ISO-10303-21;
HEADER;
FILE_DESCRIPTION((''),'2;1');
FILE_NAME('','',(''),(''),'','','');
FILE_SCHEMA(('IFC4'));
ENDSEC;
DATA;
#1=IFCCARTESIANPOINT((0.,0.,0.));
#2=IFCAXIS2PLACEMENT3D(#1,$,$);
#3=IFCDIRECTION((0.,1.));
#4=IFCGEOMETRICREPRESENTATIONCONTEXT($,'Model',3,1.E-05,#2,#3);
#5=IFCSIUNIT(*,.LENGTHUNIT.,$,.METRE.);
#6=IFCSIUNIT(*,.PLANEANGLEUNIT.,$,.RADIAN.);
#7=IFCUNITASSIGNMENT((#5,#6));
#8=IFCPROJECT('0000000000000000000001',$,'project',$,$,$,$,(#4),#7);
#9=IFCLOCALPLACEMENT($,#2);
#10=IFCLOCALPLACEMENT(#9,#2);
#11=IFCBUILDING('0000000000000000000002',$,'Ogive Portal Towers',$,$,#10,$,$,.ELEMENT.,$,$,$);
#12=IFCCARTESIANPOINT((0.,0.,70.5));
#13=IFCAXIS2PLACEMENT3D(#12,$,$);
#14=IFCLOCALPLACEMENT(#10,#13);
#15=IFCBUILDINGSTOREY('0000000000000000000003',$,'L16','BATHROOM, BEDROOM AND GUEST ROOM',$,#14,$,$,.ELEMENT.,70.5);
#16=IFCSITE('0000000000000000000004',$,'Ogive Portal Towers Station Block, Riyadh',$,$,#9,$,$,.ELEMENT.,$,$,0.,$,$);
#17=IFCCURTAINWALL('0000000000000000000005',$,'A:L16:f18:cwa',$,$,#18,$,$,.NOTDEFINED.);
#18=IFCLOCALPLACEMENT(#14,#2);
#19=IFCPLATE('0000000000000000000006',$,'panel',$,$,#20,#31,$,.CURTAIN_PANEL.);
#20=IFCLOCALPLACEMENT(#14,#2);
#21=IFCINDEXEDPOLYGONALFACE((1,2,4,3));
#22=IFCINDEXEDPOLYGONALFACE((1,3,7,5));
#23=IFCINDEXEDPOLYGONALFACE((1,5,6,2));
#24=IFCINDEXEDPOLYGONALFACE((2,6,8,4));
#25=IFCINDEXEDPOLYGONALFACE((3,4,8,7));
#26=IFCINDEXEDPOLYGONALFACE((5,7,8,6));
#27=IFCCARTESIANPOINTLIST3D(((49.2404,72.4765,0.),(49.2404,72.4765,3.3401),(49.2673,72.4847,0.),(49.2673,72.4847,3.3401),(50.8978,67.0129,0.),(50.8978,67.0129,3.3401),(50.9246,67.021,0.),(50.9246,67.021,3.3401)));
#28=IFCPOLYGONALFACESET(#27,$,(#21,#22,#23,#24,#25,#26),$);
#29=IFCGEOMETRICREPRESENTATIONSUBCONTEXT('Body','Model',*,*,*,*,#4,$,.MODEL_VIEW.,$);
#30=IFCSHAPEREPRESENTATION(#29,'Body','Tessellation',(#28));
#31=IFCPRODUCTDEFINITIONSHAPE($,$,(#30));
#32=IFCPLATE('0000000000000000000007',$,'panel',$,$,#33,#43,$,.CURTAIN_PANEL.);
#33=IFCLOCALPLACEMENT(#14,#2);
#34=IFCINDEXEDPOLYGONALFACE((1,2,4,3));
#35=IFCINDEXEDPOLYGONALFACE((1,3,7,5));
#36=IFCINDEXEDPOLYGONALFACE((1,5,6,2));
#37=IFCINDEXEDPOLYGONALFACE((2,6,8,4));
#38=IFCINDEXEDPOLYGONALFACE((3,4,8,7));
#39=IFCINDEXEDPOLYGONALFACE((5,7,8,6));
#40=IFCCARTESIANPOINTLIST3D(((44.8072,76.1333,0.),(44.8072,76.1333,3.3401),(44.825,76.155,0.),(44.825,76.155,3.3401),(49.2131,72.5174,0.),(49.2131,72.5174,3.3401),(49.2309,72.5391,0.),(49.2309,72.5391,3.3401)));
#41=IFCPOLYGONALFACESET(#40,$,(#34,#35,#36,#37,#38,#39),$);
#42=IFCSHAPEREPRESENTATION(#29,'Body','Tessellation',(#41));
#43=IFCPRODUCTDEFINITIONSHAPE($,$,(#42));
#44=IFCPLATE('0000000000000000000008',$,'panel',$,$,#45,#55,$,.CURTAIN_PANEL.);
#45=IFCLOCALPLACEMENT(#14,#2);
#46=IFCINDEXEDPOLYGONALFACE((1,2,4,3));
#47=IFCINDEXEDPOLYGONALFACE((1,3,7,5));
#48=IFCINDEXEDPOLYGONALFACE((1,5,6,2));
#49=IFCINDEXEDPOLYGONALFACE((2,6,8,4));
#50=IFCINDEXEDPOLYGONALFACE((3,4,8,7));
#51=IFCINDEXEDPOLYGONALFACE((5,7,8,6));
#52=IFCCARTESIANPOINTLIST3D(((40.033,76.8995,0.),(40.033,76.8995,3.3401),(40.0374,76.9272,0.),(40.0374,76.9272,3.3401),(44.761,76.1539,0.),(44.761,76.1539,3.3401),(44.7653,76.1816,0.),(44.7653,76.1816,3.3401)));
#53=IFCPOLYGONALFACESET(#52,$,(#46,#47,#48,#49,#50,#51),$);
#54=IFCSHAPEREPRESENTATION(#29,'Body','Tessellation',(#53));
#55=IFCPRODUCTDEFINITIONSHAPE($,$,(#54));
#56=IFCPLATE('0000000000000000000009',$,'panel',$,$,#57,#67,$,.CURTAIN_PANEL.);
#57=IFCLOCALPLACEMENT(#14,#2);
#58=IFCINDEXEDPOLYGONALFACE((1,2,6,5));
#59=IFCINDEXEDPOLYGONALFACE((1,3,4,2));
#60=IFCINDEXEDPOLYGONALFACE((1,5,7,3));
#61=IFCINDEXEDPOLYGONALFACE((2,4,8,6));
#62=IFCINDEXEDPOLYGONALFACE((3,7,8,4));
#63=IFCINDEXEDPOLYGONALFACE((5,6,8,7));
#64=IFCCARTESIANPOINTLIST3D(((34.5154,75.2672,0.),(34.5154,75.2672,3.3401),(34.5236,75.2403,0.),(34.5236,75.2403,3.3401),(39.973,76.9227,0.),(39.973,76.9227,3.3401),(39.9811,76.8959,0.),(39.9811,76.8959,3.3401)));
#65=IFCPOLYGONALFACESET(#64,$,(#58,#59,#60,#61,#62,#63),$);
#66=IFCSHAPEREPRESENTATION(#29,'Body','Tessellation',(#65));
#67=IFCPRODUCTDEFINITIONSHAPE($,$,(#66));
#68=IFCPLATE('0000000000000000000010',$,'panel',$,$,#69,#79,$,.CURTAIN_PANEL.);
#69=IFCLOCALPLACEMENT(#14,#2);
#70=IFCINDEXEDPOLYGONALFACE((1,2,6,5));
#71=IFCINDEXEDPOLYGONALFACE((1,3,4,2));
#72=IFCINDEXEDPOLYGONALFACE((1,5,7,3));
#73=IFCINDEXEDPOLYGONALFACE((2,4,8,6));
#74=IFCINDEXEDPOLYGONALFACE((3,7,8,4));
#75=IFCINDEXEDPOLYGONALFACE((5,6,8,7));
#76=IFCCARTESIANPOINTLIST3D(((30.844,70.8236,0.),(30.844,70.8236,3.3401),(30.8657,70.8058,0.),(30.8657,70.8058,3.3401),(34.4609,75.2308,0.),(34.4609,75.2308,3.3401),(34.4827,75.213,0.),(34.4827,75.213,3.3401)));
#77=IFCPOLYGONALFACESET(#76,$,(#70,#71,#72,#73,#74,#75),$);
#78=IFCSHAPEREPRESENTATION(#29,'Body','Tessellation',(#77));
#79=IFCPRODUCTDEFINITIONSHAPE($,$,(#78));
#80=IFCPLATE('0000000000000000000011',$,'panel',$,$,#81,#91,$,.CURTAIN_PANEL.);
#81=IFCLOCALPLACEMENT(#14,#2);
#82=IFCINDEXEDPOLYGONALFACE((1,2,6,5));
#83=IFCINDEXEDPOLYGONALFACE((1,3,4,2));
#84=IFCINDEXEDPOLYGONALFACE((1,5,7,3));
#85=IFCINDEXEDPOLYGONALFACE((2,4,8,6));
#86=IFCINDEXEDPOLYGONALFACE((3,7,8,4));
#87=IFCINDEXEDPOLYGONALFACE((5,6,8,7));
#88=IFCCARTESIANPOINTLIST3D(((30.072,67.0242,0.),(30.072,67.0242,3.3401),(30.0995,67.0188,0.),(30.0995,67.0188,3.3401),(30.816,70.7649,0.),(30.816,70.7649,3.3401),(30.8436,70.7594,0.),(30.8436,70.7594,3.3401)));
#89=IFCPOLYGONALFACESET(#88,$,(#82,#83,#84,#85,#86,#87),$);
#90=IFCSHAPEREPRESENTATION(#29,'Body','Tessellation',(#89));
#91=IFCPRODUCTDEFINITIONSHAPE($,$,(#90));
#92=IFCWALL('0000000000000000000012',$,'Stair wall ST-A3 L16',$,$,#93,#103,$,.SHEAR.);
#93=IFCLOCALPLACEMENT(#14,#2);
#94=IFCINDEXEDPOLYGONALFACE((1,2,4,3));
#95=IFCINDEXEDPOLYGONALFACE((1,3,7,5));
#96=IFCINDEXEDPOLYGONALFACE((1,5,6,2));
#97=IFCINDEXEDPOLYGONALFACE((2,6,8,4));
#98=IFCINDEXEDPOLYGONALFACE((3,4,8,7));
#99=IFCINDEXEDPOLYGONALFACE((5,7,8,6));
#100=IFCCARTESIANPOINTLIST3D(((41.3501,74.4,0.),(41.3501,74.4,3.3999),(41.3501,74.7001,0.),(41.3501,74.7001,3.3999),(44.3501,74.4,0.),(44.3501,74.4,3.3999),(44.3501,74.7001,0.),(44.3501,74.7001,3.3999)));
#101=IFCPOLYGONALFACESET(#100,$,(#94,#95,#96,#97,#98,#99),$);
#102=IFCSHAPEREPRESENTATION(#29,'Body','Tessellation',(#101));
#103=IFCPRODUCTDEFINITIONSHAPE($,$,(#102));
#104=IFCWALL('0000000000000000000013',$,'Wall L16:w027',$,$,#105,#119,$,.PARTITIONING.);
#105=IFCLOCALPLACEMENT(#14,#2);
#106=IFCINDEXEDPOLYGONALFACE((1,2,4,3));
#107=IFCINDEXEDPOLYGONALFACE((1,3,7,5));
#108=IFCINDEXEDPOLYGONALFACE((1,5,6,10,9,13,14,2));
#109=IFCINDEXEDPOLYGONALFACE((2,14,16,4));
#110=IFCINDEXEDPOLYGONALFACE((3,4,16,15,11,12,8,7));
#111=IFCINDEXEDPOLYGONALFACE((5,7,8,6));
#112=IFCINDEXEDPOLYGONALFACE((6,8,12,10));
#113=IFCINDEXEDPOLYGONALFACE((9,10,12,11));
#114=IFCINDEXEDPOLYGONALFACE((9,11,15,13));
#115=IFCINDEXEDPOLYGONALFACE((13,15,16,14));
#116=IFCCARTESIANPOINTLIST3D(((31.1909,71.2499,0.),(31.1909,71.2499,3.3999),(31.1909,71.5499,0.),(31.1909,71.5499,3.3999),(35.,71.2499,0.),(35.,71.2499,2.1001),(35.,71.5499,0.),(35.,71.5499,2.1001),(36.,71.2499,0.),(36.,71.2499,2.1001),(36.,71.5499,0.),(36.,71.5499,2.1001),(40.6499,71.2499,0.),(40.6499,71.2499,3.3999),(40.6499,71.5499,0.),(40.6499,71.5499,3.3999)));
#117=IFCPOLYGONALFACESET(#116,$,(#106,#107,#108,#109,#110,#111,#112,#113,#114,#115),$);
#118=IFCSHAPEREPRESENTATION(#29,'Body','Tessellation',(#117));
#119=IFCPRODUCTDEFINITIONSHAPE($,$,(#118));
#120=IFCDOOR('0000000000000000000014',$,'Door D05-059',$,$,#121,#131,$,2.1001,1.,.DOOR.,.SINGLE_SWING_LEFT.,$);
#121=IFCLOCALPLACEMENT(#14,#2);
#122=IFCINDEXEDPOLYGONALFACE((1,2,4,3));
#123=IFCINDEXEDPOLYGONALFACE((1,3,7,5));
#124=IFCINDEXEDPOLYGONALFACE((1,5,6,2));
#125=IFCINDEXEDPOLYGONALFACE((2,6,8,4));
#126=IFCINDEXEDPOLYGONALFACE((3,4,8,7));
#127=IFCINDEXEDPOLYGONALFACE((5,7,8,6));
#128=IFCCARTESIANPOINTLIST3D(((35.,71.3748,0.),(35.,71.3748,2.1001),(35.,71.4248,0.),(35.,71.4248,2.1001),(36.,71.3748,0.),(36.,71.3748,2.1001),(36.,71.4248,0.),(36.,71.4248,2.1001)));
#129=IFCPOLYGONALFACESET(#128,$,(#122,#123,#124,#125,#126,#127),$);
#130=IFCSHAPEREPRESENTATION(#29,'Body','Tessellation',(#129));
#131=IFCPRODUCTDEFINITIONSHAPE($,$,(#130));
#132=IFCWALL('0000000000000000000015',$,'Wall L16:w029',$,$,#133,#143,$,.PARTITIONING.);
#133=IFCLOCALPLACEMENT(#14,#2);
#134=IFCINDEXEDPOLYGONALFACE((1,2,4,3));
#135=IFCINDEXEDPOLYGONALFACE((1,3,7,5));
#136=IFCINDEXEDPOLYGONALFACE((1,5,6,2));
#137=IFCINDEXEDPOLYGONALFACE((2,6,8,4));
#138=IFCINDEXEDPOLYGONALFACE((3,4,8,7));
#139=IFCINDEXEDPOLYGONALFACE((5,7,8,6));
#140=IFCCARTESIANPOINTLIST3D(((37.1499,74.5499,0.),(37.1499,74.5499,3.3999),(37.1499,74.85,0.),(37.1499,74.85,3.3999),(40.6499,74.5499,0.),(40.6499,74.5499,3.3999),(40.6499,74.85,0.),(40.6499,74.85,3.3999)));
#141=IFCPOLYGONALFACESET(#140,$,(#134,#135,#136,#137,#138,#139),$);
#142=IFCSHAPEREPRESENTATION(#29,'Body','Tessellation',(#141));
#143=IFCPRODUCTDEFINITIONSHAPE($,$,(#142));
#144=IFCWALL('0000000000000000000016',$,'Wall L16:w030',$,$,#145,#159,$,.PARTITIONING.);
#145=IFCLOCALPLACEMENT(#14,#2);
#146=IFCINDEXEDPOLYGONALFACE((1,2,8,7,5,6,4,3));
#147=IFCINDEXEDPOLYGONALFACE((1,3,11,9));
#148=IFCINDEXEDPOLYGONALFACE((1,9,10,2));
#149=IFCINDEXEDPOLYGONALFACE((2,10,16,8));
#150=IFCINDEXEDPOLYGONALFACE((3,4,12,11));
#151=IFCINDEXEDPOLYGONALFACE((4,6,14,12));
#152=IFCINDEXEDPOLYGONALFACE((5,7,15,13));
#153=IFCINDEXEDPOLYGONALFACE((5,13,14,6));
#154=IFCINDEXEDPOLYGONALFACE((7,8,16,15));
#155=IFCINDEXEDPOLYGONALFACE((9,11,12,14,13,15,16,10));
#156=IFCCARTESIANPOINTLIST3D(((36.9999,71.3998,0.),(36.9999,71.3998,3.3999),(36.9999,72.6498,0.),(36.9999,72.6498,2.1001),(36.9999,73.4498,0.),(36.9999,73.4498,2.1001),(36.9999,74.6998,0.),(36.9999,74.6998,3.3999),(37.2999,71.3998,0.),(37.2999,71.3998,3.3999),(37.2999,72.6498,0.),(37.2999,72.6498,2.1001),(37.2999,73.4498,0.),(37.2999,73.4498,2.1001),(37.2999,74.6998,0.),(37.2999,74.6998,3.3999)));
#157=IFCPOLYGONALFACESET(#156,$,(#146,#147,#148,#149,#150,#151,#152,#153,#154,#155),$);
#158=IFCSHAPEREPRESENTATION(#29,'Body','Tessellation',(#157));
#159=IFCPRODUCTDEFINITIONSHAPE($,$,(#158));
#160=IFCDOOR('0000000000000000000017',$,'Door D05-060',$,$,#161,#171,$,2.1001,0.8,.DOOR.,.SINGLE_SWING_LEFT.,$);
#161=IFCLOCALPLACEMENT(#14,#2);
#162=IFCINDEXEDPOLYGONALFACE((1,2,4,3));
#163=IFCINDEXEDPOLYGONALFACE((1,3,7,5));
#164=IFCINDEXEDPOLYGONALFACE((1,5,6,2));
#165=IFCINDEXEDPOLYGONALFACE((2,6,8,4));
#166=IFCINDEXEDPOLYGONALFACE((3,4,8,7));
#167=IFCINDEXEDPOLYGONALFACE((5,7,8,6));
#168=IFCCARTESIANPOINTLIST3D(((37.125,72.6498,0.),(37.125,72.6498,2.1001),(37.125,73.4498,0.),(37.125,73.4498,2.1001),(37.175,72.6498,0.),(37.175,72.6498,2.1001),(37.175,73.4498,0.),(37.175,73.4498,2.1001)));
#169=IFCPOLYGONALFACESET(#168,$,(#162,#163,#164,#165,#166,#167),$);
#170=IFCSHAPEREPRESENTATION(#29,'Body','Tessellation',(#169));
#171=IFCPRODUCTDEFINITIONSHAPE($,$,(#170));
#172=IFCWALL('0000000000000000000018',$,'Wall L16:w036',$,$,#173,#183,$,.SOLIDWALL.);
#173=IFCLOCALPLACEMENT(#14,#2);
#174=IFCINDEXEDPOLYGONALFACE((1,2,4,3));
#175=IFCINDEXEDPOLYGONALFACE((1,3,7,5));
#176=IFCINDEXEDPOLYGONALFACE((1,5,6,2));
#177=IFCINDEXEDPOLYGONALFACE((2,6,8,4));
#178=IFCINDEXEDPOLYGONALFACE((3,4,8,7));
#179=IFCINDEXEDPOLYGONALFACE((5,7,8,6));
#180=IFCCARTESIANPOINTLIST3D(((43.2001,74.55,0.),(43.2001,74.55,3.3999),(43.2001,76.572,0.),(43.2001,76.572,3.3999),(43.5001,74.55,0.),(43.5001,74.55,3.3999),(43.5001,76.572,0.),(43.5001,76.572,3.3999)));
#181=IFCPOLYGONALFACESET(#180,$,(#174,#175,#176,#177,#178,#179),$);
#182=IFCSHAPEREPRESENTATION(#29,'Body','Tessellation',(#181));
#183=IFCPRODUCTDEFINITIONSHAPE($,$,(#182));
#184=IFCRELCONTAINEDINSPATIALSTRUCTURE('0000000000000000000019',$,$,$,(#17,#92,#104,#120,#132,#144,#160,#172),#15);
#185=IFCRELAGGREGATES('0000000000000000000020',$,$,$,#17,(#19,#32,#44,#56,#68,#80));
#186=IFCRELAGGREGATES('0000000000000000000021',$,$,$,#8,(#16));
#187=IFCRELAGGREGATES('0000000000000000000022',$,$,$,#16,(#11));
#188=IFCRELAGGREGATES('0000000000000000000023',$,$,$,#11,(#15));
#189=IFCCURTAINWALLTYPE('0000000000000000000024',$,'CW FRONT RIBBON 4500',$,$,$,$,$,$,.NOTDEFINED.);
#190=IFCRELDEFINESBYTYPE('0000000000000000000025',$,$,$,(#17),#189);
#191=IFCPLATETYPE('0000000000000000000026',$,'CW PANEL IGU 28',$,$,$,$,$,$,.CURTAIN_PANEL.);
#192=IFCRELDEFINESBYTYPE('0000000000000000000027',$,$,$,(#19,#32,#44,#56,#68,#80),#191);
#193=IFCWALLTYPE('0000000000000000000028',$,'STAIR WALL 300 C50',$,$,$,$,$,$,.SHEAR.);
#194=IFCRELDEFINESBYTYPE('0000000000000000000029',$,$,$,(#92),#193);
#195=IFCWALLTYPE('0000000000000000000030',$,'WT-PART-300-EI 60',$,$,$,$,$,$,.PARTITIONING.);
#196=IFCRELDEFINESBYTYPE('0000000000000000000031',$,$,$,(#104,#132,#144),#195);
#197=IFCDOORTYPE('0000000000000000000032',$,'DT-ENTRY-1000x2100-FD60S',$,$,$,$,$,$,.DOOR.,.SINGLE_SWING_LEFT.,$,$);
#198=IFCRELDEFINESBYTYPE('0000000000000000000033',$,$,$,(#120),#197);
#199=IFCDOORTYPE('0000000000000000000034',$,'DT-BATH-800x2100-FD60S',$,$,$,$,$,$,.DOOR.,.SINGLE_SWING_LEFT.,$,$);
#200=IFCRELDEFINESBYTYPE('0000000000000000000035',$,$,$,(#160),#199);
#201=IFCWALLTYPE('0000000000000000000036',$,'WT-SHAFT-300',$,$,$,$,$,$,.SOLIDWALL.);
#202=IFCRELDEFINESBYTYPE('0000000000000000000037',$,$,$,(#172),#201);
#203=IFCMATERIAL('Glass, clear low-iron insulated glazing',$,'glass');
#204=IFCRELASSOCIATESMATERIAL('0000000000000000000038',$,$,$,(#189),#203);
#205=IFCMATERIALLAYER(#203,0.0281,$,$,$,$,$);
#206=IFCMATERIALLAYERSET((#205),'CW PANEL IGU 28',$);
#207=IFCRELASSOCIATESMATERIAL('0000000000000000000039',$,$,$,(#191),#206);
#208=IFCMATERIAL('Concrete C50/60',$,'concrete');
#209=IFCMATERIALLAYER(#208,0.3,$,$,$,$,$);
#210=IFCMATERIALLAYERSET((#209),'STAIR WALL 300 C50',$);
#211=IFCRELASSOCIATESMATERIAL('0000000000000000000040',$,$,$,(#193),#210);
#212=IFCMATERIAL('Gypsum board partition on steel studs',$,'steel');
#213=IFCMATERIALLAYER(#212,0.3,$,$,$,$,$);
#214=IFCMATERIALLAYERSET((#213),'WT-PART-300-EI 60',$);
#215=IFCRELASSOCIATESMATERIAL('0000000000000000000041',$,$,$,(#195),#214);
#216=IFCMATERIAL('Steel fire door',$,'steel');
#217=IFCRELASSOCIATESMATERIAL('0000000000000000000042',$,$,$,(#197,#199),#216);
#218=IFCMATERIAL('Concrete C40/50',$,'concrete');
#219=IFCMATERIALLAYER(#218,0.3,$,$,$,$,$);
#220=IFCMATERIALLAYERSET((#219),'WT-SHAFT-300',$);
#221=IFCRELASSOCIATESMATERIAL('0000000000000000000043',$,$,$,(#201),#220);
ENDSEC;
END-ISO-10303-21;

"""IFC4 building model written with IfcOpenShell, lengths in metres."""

from ifc_helpers import new_model, si_unit, direction, frame, frame_2d, origin, origin_2d, place, context, subcontext, project, spatial, rectangle, extrude, material, layer, layer_set, type_object, element, fill, aggregate, save


model = new_model("IFC4")

# Units and contexts
model_context = context("Model", 3, precision=1e-05, world=origin(), true_north=direction((0.0, 1.0)))
body_context = subcontext(model_context, "Body", "Model", "MODEL_VIEW")
ifc_project = project(units=[si_unit("LENGTHUNIT", "METRE"), si_unit("PLANEANGLEUNIT", "RADIAN")], contexts=[model_context])

# Site, building, storey
site_placement = place(None, origin())
site = spatial("IfcSite", under=ifc_project, at=site_placement, Name="Ogive Portal Towers Station Block, Riyadh", CompositionType="ELEMENT", RefElevation=0.0)
building_placement = place(site_placement, origin())
building = spatial("IfcBuilding", under=site, at=building_placement, Name="Ogive Portal Towers", CompositionType="ELEMENT")
storey_placement = place(building_placement, frame((0.0, 0.0, 70.5)))
storey = spatial("IfcBuildingStorey", under=building, at=storey_placement, Name="L16", Description="BATHROOM, BEDROOM AND GUEST ROOM", CompositionType="ELEMENT", Elevation=70.5)

# Shared definitions
ifc_material_1 = material(Name="Concrete C40/50", Category="concrete")

# Curtain wall, plates
ifc_material_2 = material(Name="Glass, clear low-iron insulated glazing", Category="glass")
curtain_wall_type = type_object("IfcCurtainWallType", Name="CW FRONT RIBBON 4500", PredefinedType="NOTDEFINED", material=ifc_material_2)
curtain_wall_placement = place(storey_placement, origin())
curtain_wall = element("IfcCurtainWall", 1, at=curtain_wall_placement, inside=storey, type_object=curtain_wall_type, Name="A:L16:f18:cwa", PredefinedType="NOTDEFINED")
ifc_layer_1 = layer(ifc_material_2, 0.0281)
ifc_layer_set_1 = layer_set([ifc_layer_1], Name="CW PANEL IGU 28")
plate_type = type_object("IfcPlateType", Name="CW PANEL IGU 28", PredefinedType="CURTAIN_PANEL", material=ifc_layer_set_1)
plate_1_placement = place(storey_placement, frame((50.0825, 69.7488, 0.0), z_axis=(0.0, 0.0, 1.0), x_axis=(-0.290285, 0.95694, 0.0)))
plate_1 = element("IfcPlate", 2, at=plate_1_placement, type_object=plate_type, Name="panel", PredefinedType="CURTAIN_PANEL", context=body_context, shape_type="SweptSolid", body=[
    extrude(rectangle(XDim=5.7095, YDim=0.0281, at=origin_2d()), origin(), (0.0, 0.0, 1.0), 3.3401),
])
plate_2_placement = place(storey_placement, frame((47.019, 74.3362, 0.0), z_axis=(0.0, 0.0, 1.0), x_axis=(-0.77301, 0.634393, 0.0)))
plate_2 = element("IfcPlate", 3, at=plate_2_placement, type_object=plate_type, Name="panel", PredefinedType="CURTAIN_PANEL", context=body_context, shape_type="SweptSolid", body=[
    extrude(rectangle(XDim=5.6997, YDim=0.0281, at=origin_2d()), origin(), (0.0, 0.0, 1.0), 3.3401),
])
plate_3_placement = place(storey_placement, frame((42.3992, 76.5405, 0.0), z_axis=(0.0, 0.0, 1.0), x_axis=(-0.987792, 0.155777, 0.0)))
plate_3 = element("IfcPlate", 4, at=plate_3_placement, type_object=plate_type, Name="panel", PredefinedType="CURTAIN_PANEL", context=body_context, shape_type="SweptSolid", body=[
    extrude(rectangle(XDim=4.7864, YDim=0.0281, at=origin_2d()), origin(), (0.0, 0.0, 1.0), 3.3401),
])
plate_4_placement = place(storey_placement, frame((37.2483, 76.0815, 0.0), z_axis=(0.0, 0.0, 1.0), x_axis=(-0.95694, -0.290285, 0.0)))
plate_4 = element("IfcPlate", 5, at=plate_4_placement, type_object=plate_type, Name="panel", PredefinedType="CURTAIN_PANEL", context=body_context, shape_type="SweptSolid", body=[
    extrude(rectangle(XDim=5.7031, YDim=0.0281, at=origin_2d()), origin(), (0.0, 0.0, 1.0), 3.3401),
])
plate_5_placement = place(storey_placement, frame((32.6633, 73.0183, 0.0), z_axis=(0.0, 0.0, 1.0), x_axis=(-0.634393, -0.77301, 0.0)))
plate_5 = element("IfcPlate", 6, at=plate_5_placement, type_object=plate_type, Name="panel", PredefinedType="CURTAIN_PANEL", context=body_context, shape_type="SweptSolid", body=[
    extrude(rectangle(XDim=5.7014, YDim=0.0281, at=origin_2d()), origin(), (0.0, 0.0, 1.0), 3.3401),
])
plate_6_placement = place(storey_placement, frame((30.4578, 68.8918, 0.0), z_axis=(0.0, 0.0, 1.0), x_axis=(-0.19509, -0.980785, 0.0)))
plate_6 = element("IfcPlate", 7, at=plate_6_placement, type_object=plate_type, Name="panel", PredefinedType="CURTAIN_PANEL", context=body_context, shape_type="SweptSolid", body=[
    extrude(rectangle(XDim=3.814, YDim=0.0281, at=origin_2d()), origin(), (0.0, 0.0, 1.0), 3.3401),
])
aggregate(curtain_wall, [plate_1, plate_2, plate_3, plate_4, plate_5, plate_6])

# Wall
ifc_material_3 = material(Name="Concrete C50/60", Category="concrete")
ifc_layer_2 = layer(ifc_material_3, 0.3)
ifc_layer_set_2 = layer_set([ifc_layer_2], Name="STAIR WALL 300 C50")
wall_type_1 = type_object("IfcWallType", Name="STAIR WALL 300 C50", PredefinedType="SHEAR", material=ifc_layer_set_2)
wall_1_placement = place(storey_placement, frame((41.3501, 74.55, 0.0), z_axis=(0.0, 0.0, 1.0), x_axis=(1.0, 0.0, 0.0)))
element("IfcWall", 8, at=wall_1_placement, inside=storey, type_object=wall_type_1, Name="Stair wall ST-A3 L16", PredefinedType="SHEAR", context=body_context, shape_type="SweptSolid", body=[
    extrude(rectangle(XDim=3.0, YDim=0.3, at=frame_2d((1.5, 0.0))), origin(), (0.0, 0.0, 1.0), 3.3999),
])

# Wall, opening, door
ifc_material_4 = material(Name="Gypsum board partition on steel studs", Category="steel")
ifc_layer_3 = layer(ifc_material_4, 0.3)
ifc_layer_set_3 = layer_set([ifc_layer_3], Name="WT-PART-300-EI 60")
wall_type_2 = type_object("IfcWallType", Name="WT-PART-300-EI 60", PredefinedType="PARTITIONING", material=ifc_layer_set_3)
wall_2_placement = place(storey_placement, frame((31.1909, 71.3999, 0.0), z_axis=(0.0, 0.0, 1.0), x_axis=(1.0, 0.0, 0.0)))
wall_2 = element("IfcWall", 9, at=wall_2_placement, inside=storey, type_object=wall_type_2, Name="Wall L16:w027", PredefinedType="PARTITIONING", context=body_context, shape_type="SweptSolid", body=[
    extrude(rectangle(XDim=9.459, YDim=0.3, at=frame_2d((4.7295, 0.0))), origin(), (0.0, 0.0, 1.0), 3.3999),
])
opening_1_placement = place(wall_2_placement, frame((3.8091, 0.0, 0.0)))
opening_1 = element("IfcOpeningElement", 10, at=opening_1_placement, cuts=wall_2, PredefinedType="OPENING", context=body_context, shape_type="SweptSolid", body=[
    extrude(rectangle(XDim=1.0, YDim=2.1001, at=frame_2d((0.5, 1.05))), frame((0.0, 0.1602, 0.0), z_axis=(0.0, -1.0, 0.0), x_axis=(1.0, 0.0, 0.0)), (0.0, 0.0, 1.0), 0.3201),
])
ifc_material_5 = material(Name="Steel fire door", Category="steel")
door_type_1 = type_object("IfcDoorType", Name="DT-ENTRY-1000x2100-FD60S", OperationType="SINGLE_SWING_LEFT", PredefinedType="DOOR", material=ifc_material_5)
door_1_placement = place(opening_1_placement, origin())
door_1 = element("IfcDoor", 11, at=door_1_placement, inside=storey, type_object=door_type_1, Name="Door D05-059", OperationType="SINGLE_SWING_LEFT", OverallHeight=2.1001, OverallWidth=1.0, PredefinedType="DOOR", context=body_context, shape_type="SweptSolid", body=[
    extrude(rectangle(XDim=1.0, YDim=2.1001, at=frame_2d((0.5, 1.05))), frame((0.0, 0.0249, 0.0), z_axis=(0.0, -1.0, 0.0), x_axis=(1.0, 0.0, 0.0)), (0.0, 0.0, 1.0), 0.05),
])
fill(opening_1, door_1)

# Wall
wall_3_placement = place(storey_placement, frame((37.1499, 74.7, 0.0), z_axis=(0.0, 0.0, 1.0), x_axis=(1.0, 0.0, 0.0)))
element("IfcWall", 12, at=wall_3_placement, inside=storey, type_object=wall_type_2, Name="Wall L16:w029", PredefinedType="PARTITIONING", context=body_context, shape_type="SweptSolid", body=[
    extrude(rectangle(XDim=3.5, YDim=0.3, at=frame_2d((1.75, 0.0))), origin(), (0.0, 0.0, 1.0), 3.3999),
])

# Wall, opening, door
wall_4_placement = place(storey_placement, frame((37.1499, 71.3999, 0.0), z_axis=(0.0, 0.0, 1.0), x_axis=(0.0, 1.0, 0.0)))
wall_4 = element("IfcWall", 13, at=wall_4_placement, inside=storey, type_object=wall_type_2, Name="Wall L16:w030", PredefinedType="PARTITIONING", context=body_context, shape_type="SweptSolid", body=[
    extrude(rectangle(XDim=3.3, YDim=0.3, at=frame_2d((1.6499, 0.0))), origin(), (0.0, 0.0, 1.0), 3.3999),
])
opening_2_placement = place(wall_4_placement, frame((1.25, 0.0, 0.0)))
opening_2 = element("IfcOpeningElement", 14, at=opening_2_placement, cuts=wall_4, PredefinedType="OPENING", context=body_context, shape_type="SweptSolid", body=[
    extrude(rectangle(XDim=0.8, YDim=2.1001, at=frame_2d((0.3999, 1.05))), frame((0.0, 0.1602, 0.0), z_axis=(0.0, -1.0, 0.0), x_axis=(1.0, 0.0, 0.0)), (0.0, 0.0, 1.0), 0.3201),
])
door_type_2 = type_object("IfcDoorType", Name="DT-BATH-800x2100-FD60S", OperationType="SINGLE_SWING_LEFT", PredefinedType="DOOR", material=ifc_material_5)
door_2_placement = place(opening_2_placement, origin())
door_2 = element("IfcDoor", 15, at=door_2_placement, inside=storey, type_object=door_type_2, Name="Door D05-060", OperationType="SINGLE_SWING_LEFT", OverallHeight=2.1001, OverallWidth=0.8, PredefinedType="DOOR", context=body_context, shape_type="SweptSolid", body=[
    extrude(rectangle(XDim=0.8, YDim=2.1001, at=frame_2d((0.3999, 1.05))), frame((0.0, 0.0249, 0.0), z_axis=(0.0, -1.0, 0.0), x_axis=(1.0, 0.0, 0.0)), (0.0, 0.0, 1.0), 0.05),
])
fill(opening_2, door_2)

# Wall
ifc_layer_4 = layer(ifc_material_1, 0.3)
ifc_layer_set_4 = layer_set([ifc_layer_4], Name="WT-SHAFT-300")
wall_type_3 = type_object("IfcWallType", Name="WT-SHAFT-300", PredefinedType="SOLIDWALL", material=ifc_layer_set_4)
wall_5_placement = place(storey_placement, frame((43.3501, 74.55, 0.0), z_axis=(0.0, 0.0, 1.0), x_axis=(0.0, 1.0, 0.0)))
element("IfcWall", 16, at=wall_5_placement, inside=storey, type_object=wall_type_3, Name="Wall L16:w036", PredefinedType="SOLIDWALL", context=body_context, shape_type="SweptSolid", body=[
    extrude(rectangle(XDim=2.022, YDim=0.3, at=frame_2d((1.011, 0.0))), origin(), (0.0, 0.0, 1.0), 3.3999),
])

save(model, "model.ifc")
